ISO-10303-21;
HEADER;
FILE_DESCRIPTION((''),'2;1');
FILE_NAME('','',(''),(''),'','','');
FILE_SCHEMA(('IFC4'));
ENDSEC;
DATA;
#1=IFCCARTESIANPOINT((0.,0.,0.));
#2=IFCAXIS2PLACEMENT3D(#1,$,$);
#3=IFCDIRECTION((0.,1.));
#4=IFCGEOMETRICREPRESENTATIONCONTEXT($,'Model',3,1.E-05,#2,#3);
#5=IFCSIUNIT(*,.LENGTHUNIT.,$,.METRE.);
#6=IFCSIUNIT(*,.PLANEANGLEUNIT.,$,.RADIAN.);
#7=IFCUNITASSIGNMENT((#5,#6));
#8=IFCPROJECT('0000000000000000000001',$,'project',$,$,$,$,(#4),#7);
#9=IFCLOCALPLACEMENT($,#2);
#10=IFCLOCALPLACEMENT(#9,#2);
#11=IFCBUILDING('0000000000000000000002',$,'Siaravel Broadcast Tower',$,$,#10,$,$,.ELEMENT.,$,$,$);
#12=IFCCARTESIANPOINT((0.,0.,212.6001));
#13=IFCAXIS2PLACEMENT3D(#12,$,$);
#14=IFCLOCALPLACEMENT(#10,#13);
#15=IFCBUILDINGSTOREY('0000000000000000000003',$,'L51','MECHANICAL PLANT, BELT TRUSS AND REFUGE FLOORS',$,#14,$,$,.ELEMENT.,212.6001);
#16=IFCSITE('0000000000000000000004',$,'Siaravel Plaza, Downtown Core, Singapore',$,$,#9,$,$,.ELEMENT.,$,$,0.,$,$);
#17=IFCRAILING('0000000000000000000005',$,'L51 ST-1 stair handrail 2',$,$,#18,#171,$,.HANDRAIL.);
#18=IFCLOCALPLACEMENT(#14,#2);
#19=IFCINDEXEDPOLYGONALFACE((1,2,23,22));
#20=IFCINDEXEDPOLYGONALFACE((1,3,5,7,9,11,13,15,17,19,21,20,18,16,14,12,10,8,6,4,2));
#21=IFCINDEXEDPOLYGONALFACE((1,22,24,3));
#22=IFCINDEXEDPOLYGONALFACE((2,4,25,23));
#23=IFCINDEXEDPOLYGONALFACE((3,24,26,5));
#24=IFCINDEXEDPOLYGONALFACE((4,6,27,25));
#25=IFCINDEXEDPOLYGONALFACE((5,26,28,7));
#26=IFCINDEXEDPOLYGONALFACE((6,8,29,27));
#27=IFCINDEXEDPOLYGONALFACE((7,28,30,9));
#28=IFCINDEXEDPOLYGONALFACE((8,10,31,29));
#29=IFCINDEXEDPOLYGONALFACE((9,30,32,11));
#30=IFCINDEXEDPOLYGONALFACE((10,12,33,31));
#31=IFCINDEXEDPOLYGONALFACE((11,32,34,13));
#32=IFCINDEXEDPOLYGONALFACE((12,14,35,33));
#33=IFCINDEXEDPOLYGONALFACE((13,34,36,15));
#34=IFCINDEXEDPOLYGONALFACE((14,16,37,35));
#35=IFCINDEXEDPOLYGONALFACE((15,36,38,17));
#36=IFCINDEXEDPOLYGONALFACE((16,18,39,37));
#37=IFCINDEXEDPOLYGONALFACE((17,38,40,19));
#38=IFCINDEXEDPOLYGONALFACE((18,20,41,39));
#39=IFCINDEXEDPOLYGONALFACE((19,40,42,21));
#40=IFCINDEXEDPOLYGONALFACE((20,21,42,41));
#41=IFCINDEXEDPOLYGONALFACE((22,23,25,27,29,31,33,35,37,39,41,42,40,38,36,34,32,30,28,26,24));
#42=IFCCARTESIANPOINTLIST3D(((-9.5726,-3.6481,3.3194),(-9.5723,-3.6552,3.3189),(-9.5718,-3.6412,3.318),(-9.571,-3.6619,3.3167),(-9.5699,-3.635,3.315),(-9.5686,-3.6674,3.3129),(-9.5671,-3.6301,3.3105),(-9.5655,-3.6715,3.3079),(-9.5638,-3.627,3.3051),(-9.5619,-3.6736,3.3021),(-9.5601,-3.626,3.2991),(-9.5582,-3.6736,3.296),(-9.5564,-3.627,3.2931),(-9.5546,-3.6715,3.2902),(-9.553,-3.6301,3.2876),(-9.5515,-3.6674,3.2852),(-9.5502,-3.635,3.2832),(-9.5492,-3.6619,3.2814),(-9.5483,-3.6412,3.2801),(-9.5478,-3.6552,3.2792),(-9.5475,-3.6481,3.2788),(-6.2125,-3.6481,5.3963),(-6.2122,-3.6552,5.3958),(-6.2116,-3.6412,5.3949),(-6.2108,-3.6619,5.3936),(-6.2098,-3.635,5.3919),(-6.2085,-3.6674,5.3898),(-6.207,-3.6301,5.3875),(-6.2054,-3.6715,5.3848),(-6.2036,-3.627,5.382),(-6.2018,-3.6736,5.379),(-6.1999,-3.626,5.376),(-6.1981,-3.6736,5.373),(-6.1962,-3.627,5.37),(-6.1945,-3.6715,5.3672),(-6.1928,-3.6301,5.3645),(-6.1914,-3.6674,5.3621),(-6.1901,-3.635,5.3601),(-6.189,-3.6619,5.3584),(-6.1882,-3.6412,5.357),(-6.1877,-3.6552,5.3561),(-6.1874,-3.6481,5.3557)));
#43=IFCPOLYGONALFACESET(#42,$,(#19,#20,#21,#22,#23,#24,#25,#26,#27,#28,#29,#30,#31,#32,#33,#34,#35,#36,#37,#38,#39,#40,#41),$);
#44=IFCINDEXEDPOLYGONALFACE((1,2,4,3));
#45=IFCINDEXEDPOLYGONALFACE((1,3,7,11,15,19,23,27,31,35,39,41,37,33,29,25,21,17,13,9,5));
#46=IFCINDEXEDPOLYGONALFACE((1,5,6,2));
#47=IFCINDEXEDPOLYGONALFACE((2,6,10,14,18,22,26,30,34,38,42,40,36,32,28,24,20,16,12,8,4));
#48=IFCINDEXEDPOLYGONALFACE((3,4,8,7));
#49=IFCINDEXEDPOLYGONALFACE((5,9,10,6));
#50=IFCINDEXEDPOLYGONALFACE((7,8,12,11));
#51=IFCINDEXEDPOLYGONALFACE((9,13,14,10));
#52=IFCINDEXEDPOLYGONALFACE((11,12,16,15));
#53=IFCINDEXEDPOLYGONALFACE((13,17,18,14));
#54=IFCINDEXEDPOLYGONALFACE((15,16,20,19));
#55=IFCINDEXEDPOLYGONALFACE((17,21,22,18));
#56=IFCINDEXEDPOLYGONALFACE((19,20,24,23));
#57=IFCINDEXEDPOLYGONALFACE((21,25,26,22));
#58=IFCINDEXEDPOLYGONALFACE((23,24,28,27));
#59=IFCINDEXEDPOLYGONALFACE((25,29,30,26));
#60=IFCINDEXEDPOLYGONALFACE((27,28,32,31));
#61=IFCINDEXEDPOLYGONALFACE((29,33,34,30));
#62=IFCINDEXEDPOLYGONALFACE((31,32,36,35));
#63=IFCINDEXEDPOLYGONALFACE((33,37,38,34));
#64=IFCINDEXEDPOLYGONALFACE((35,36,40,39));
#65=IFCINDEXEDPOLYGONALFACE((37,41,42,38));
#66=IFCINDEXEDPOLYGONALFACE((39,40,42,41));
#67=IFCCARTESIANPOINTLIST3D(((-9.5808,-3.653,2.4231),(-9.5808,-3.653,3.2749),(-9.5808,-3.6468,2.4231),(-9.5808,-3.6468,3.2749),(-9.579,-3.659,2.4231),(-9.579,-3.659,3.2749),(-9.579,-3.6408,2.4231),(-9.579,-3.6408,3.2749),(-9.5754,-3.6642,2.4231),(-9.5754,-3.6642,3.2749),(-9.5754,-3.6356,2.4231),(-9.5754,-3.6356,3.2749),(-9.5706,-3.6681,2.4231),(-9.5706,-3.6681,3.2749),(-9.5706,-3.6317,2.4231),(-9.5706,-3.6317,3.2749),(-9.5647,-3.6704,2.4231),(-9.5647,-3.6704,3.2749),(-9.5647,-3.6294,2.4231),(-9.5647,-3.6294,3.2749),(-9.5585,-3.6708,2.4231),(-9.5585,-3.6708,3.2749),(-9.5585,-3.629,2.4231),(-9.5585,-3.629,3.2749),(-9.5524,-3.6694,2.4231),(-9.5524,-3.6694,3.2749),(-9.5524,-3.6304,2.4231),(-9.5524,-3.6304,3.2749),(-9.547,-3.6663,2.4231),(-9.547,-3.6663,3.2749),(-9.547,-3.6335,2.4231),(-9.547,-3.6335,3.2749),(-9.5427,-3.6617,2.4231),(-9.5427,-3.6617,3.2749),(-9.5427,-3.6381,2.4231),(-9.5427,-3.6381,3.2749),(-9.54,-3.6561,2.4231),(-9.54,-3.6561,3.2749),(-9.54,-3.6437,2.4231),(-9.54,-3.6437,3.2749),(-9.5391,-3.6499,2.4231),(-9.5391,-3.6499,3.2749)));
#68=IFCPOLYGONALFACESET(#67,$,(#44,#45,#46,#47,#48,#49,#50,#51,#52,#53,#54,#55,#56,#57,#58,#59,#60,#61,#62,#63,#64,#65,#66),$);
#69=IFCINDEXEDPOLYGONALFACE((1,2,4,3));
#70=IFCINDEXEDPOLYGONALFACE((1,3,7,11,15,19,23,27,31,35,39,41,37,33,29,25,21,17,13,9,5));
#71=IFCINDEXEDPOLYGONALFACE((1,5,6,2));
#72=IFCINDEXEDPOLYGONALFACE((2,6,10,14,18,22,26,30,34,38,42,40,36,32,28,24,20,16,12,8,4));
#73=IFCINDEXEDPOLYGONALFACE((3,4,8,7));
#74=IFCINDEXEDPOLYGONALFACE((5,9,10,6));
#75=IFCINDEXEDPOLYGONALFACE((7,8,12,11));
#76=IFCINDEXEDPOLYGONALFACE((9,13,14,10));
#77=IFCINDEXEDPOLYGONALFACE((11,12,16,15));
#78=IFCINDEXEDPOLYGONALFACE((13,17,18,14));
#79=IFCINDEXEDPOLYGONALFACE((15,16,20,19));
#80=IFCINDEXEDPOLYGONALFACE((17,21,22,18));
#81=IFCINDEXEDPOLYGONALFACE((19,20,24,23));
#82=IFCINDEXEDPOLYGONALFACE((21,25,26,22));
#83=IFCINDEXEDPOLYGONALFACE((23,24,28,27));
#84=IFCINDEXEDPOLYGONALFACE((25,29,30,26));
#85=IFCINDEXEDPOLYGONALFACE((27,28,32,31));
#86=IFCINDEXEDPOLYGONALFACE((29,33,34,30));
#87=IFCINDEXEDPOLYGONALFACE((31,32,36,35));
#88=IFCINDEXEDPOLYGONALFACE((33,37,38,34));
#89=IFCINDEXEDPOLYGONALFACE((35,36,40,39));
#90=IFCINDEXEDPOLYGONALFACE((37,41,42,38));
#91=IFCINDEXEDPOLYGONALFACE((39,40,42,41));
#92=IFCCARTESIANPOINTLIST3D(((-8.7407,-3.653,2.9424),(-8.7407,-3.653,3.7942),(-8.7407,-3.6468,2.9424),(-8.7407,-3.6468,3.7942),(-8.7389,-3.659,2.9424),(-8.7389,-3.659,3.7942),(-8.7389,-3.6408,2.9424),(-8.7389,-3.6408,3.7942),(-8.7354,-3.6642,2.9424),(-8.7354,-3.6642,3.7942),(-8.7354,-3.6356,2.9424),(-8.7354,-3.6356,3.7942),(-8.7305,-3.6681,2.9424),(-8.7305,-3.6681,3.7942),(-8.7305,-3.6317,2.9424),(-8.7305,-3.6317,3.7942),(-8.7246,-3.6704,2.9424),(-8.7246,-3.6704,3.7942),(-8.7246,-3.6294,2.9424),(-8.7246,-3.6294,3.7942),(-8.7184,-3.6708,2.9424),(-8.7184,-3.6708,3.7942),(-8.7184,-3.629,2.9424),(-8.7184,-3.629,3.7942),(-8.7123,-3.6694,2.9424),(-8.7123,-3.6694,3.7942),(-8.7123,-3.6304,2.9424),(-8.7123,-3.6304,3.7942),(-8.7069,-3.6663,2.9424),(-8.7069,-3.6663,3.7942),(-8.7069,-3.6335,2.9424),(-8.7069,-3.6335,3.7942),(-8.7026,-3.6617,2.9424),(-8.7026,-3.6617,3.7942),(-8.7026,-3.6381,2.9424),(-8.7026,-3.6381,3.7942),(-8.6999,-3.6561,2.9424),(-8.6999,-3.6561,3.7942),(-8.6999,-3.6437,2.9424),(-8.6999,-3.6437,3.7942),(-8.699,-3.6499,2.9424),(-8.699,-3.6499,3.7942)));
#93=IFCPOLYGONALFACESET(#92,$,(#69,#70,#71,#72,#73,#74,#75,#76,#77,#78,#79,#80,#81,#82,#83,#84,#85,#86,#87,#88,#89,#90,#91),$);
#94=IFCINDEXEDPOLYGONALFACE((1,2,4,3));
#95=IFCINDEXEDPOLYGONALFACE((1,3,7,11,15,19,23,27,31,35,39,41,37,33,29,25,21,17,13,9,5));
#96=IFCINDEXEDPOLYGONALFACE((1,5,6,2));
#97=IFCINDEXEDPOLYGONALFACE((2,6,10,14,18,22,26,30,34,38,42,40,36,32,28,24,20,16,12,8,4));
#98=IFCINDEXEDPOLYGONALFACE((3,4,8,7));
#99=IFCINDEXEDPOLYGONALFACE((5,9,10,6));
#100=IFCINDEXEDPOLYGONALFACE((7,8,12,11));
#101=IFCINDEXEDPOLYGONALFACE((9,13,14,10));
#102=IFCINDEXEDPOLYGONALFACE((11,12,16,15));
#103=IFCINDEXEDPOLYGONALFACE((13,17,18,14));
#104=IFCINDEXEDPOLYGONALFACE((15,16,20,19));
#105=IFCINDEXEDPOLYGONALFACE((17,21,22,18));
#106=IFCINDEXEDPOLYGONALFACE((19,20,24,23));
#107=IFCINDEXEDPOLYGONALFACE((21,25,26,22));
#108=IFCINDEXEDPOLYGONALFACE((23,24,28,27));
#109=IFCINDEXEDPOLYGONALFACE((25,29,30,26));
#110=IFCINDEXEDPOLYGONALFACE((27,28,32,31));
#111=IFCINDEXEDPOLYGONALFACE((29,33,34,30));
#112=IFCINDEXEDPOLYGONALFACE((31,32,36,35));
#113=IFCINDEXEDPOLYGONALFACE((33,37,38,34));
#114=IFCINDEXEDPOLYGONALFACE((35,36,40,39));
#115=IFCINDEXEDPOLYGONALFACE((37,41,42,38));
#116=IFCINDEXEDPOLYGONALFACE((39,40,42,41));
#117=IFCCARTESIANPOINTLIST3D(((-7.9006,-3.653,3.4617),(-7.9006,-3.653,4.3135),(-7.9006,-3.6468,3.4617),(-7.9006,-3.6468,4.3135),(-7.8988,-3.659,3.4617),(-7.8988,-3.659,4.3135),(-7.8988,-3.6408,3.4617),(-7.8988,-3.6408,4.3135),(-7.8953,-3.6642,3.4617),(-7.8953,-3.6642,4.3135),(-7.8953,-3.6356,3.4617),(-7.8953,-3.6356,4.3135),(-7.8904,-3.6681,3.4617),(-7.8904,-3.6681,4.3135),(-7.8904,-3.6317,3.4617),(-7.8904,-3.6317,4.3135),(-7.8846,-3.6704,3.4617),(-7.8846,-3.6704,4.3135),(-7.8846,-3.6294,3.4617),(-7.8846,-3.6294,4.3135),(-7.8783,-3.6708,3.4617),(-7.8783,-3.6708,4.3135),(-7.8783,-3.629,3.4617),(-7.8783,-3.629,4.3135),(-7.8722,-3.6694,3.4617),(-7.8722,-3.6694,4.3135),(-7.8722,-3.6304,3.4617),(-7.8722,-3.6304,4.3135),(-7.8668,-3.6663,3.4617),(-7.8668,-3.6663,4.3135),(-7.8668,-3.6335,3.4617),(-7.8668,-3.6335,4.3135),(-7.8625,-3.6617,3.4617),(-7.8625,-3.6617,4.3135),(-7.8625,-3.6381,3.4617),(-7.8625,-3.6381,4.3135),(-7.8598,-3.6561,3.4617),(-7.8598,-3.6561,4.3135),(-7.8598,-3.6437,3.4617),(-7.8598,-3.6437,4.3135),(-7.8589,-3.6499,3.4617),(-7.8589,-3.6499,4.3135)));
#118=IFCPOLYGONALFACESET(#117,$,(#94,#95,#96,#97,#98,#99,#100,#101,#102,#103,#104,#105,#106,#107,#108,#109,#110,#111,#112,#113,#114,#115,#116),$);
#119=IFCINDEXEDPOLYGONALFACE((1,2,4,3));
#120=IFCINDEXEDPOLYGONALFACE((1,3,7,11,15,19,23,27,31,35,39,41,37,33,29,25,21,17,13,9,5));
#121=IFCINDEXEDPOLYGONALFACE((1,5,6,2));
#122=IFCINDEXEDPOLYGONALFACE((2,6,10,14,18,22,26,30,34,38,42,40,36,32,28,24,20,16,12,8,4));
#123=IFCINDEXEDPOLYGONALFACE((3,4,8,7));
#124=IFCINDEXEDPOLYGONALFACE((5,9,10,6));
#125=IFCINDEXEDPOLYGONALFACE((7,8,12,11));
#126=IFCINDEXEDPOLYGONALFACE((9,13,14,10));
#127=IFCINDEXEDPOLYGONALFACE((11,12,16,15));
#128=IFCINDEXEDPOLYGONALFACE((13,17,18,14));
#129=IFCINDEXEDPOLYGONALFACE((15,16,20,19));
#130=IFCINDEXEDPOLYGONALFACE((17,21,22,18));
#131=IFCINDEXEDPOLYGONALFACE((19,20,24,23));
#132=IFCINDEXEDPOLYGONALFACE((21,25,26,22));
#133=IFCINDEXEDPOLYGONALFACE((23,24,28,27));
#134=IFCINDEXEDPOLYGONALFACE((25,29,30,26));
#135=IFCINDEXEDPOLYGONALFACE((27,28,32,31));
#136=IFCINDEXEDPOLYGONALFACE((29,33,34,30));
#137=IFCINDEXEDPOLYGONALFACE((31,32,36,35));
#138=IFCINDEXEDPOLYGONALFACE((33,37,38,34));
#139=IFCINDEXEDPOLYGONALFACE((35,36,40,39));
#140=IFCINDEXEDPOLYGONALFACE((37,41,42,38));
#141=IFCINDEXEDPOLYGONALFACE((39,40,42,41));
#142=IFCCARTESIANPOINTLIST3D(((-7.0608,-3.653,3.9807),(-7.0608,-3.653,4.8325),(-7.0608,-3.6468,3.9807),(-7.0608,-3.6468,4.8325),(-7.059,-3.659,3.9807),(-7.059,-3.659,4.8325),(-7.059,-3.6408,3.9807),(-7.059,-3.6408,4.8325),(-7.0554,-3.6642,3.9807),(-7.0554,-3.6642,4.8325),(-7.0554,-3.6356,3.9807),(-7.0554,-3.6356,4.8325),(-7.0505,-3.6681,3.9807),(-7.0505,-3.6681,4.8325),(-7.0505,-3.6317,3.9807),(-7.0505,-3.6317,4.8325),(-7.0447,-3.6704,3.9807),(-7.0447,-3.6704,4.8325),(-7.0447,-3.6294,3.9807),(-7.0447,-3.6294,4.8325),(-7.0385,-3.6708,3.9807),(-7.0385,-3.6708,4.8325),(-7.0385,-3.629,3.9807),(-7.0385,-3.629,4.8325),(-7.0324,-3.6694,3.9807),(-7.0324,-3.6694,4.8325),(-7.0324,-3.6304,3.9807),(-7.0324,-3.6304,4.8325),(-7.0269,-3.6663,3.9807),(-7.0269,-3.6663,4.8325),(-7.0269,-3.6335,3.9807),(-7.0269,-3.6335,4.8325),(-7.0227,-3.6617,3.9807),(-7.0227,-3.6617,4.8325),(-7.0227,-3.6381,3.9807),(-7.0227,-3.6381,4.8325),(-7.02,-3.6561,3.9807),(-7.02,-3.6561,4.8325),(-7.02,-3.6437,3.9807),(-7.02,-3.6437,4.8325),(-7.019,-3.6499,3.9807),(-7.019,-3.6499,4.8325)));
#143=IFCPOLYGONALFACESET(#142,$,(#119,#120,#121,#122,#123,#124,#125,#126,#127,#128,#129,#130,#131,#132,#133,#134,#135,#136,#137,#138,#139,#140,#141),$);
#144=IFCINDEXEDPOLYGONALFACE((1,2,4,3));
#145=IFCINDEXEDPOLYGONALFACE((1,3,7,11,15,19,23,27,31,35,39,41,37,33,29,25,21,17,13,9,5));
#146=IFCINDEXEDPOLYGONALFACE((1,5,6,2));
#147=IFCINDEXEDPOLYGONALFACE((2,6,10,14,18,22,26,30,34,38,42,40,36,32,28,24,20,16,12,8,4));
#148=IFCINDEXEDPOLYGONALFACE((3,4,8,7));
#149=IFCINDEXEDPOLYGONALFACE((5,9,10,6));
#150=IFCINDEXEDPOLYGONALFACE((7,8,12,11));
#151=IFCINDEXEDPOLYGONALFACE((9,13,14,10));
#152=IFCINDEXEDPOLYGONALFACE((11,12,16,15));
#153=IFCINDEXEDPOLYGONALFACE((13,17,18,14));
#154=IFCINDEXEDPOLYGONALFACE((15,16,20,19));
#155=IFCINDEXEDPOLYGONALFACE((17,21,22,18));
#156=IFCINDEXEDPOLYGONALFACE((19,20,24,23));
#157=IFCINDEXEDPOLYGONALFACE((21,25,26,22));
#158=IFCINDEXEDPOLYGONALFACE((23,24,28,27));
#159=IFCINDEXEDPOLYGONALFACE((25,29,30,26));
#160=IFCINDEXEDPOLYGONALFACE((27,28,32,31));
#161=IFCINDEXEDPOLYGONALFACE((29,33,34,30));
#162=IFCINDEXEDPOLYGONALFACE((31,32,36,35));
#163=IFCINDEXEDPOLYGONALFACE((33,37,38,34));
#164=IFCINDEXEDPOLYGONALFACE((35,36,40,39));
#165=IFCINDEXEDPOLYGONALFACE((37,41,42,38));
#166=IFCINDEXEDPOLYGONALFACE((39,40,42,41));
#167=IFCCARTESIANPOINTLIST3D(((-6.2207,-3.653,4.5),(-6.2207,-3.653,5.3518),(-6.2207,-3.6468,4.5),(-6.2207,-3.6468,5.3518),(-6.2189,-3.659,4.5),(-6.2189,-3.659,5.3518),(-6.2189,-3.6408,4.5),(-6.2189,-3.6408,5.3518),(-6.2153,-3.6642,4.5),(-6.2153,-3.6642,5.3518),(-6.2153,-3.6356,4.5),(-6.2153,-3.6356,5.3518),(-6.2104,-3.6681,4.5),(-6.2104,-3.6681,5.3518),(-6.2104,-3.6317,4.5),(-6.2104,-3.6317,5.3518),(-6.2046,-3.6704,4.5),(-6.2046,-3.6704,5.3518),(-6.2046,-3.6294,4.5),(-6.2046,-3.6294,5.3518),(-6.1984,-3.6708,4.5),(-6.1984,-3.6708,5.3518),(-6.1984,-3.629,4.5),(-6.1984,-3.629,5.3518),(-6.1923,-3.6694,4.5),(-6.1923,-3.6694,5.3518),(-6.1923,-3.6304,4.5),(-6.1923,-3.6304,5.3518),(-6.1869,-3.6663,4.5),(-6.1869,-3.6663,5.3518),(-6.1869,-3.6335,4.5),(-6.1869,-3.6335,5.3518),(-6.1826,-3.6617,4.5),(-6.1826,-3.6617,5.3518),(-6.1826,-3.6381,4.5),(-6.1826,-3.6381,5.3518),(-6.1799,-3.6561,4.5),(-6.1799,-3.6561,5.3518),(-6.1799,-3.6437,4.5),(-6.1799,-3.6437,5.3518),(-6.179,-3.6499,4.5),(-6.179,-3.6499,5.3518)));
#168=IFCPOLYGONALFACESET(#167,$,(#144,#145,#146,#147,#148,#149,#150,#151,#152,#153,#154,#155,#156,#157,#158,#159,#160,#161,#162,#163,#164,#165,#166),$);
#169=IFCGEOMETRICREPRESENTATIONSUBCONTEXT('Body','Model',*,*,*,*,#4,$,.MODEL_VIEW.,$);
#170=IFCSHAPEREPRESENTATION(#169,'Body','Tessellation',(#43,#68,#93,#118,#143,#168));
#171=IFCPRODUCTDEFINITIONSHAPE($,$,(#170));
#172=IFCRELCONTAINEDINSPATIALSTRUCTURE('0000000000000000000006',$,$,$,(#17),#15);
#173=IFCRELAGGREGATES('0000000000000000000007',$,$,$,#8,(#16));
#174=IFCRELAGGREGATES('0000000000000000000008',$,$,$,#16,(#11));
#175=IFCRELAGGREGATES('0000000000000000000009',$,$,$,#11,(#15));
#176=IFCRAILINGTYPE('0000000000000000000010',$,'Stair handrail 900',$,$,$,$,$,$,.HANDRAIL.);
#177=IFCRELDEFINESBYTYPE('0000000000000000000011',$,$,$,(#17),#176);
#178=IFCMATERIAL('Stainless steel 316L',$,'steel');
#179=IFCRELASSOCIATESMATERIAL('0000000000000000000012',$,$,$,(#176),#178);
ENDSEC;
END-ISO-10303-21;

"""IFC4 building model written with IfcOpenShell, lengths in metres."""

from ifc_helpers import new_model, si_unit, direction, frame, origin, origin_2d, place, context, subcontext, project, spatial, circle, extrude, material, type_object, element, save


model = new_model("IFC4")

# Units and contexts
model_context = context("Model", 3, precision=1e-05, world=origin(), true_north=direction((0.0, 1.0)))
body_context = subcontext(model_context, "Body", "Model", "MODEL_VIEW")
ifc_project = project(units=[si_unit("LENGTHUNIT", "METRE"), si_unit("PLANEANGLEUNIT", "RADIAN")], contexts=[model_context])

# Site, building, storey
site_placement = place(None, origin())
site = spatial("IfcSite", under=ifc_project, at=site_placement, Name="Siaravel Plaza, Downtown Core, Singapore", CompositionType="ELEMENT", RefElevation=0.0)
building_placement = place(site_placement, origin())
building = spatial("IfcBuilding", under=site, at=building_placement, Name="Siaravel Broadcast Tower", CompositionType="ELEMENT")
storey_placement = place(building_placement, frame((0.0, 0.0, 212.6001)))
storey = spatial("IfcBuildingStorey", under=building, at=storey_placement, Name="L51", Description="MECHANICAL PLANT, BELT TRUSS AND REFUGE FLOORS", CompositionType="ELEMENT", Elevation=212.6001)

# Shared definitions
ifc_material_1 = material(Name="Stainless steel 316L", Category="steel")

# Railing
railing_type_1 = type_object("IfcRailingType", Name="Stair handrail 900", PredefinedType="HANDRAIL", material=ifc_material_1)
railing_1_placement = place(storey_placement, frame((-9.5601, -3.6499, 2.4231)))
element("IfcRailing", 1, at=railing_1_placement, inside=storey, type_object=railing_type_1, Name="L51 ST-1 stair handrail 2", PredefinedType="HANDRAIL", context=body_context, shape_type="SweptSolid", body=[
    extrude(circle(Radius=0.0239, at=origin_2d()), frame((0.0, 0.0, 0.876), z_axis=(0.850623, 0.0, 0.525776), x_axis=(0.0, 1.0, 0.0)), (0.0, 0.0, 1.0), 3.9502),
    extrude(circle(Radius=0.021, at=origin_2d()), origin(), (0.0, 0.0, 1.0), 0.8518),
    extrude(circle(Radius=0.021, at=origin_2d()), frame((0.8401, 0.0, 0.5193)), (0.0, 0.0, 1.0), 0.8518),
    extrude(circle(Radius=0.021, at=origin_2d()), frame((1.6802, 0.0, 1.0386)), (0.0, 0.0, 1.0), 0.8518),
    extrude(circle(Radius=0.021, at=origin_2d()), frame((2.52, 0.0, 1.5576)), (0.0, 0.0, 1.0), 0.8518),
    extrude(circle(Radius=0.021, at=origin_2d()), frame((3.3601, 0.0, 2.0769)), (0.0, 0.0, 1.0), 0.8518),
])

save(model, "model.ifc")
